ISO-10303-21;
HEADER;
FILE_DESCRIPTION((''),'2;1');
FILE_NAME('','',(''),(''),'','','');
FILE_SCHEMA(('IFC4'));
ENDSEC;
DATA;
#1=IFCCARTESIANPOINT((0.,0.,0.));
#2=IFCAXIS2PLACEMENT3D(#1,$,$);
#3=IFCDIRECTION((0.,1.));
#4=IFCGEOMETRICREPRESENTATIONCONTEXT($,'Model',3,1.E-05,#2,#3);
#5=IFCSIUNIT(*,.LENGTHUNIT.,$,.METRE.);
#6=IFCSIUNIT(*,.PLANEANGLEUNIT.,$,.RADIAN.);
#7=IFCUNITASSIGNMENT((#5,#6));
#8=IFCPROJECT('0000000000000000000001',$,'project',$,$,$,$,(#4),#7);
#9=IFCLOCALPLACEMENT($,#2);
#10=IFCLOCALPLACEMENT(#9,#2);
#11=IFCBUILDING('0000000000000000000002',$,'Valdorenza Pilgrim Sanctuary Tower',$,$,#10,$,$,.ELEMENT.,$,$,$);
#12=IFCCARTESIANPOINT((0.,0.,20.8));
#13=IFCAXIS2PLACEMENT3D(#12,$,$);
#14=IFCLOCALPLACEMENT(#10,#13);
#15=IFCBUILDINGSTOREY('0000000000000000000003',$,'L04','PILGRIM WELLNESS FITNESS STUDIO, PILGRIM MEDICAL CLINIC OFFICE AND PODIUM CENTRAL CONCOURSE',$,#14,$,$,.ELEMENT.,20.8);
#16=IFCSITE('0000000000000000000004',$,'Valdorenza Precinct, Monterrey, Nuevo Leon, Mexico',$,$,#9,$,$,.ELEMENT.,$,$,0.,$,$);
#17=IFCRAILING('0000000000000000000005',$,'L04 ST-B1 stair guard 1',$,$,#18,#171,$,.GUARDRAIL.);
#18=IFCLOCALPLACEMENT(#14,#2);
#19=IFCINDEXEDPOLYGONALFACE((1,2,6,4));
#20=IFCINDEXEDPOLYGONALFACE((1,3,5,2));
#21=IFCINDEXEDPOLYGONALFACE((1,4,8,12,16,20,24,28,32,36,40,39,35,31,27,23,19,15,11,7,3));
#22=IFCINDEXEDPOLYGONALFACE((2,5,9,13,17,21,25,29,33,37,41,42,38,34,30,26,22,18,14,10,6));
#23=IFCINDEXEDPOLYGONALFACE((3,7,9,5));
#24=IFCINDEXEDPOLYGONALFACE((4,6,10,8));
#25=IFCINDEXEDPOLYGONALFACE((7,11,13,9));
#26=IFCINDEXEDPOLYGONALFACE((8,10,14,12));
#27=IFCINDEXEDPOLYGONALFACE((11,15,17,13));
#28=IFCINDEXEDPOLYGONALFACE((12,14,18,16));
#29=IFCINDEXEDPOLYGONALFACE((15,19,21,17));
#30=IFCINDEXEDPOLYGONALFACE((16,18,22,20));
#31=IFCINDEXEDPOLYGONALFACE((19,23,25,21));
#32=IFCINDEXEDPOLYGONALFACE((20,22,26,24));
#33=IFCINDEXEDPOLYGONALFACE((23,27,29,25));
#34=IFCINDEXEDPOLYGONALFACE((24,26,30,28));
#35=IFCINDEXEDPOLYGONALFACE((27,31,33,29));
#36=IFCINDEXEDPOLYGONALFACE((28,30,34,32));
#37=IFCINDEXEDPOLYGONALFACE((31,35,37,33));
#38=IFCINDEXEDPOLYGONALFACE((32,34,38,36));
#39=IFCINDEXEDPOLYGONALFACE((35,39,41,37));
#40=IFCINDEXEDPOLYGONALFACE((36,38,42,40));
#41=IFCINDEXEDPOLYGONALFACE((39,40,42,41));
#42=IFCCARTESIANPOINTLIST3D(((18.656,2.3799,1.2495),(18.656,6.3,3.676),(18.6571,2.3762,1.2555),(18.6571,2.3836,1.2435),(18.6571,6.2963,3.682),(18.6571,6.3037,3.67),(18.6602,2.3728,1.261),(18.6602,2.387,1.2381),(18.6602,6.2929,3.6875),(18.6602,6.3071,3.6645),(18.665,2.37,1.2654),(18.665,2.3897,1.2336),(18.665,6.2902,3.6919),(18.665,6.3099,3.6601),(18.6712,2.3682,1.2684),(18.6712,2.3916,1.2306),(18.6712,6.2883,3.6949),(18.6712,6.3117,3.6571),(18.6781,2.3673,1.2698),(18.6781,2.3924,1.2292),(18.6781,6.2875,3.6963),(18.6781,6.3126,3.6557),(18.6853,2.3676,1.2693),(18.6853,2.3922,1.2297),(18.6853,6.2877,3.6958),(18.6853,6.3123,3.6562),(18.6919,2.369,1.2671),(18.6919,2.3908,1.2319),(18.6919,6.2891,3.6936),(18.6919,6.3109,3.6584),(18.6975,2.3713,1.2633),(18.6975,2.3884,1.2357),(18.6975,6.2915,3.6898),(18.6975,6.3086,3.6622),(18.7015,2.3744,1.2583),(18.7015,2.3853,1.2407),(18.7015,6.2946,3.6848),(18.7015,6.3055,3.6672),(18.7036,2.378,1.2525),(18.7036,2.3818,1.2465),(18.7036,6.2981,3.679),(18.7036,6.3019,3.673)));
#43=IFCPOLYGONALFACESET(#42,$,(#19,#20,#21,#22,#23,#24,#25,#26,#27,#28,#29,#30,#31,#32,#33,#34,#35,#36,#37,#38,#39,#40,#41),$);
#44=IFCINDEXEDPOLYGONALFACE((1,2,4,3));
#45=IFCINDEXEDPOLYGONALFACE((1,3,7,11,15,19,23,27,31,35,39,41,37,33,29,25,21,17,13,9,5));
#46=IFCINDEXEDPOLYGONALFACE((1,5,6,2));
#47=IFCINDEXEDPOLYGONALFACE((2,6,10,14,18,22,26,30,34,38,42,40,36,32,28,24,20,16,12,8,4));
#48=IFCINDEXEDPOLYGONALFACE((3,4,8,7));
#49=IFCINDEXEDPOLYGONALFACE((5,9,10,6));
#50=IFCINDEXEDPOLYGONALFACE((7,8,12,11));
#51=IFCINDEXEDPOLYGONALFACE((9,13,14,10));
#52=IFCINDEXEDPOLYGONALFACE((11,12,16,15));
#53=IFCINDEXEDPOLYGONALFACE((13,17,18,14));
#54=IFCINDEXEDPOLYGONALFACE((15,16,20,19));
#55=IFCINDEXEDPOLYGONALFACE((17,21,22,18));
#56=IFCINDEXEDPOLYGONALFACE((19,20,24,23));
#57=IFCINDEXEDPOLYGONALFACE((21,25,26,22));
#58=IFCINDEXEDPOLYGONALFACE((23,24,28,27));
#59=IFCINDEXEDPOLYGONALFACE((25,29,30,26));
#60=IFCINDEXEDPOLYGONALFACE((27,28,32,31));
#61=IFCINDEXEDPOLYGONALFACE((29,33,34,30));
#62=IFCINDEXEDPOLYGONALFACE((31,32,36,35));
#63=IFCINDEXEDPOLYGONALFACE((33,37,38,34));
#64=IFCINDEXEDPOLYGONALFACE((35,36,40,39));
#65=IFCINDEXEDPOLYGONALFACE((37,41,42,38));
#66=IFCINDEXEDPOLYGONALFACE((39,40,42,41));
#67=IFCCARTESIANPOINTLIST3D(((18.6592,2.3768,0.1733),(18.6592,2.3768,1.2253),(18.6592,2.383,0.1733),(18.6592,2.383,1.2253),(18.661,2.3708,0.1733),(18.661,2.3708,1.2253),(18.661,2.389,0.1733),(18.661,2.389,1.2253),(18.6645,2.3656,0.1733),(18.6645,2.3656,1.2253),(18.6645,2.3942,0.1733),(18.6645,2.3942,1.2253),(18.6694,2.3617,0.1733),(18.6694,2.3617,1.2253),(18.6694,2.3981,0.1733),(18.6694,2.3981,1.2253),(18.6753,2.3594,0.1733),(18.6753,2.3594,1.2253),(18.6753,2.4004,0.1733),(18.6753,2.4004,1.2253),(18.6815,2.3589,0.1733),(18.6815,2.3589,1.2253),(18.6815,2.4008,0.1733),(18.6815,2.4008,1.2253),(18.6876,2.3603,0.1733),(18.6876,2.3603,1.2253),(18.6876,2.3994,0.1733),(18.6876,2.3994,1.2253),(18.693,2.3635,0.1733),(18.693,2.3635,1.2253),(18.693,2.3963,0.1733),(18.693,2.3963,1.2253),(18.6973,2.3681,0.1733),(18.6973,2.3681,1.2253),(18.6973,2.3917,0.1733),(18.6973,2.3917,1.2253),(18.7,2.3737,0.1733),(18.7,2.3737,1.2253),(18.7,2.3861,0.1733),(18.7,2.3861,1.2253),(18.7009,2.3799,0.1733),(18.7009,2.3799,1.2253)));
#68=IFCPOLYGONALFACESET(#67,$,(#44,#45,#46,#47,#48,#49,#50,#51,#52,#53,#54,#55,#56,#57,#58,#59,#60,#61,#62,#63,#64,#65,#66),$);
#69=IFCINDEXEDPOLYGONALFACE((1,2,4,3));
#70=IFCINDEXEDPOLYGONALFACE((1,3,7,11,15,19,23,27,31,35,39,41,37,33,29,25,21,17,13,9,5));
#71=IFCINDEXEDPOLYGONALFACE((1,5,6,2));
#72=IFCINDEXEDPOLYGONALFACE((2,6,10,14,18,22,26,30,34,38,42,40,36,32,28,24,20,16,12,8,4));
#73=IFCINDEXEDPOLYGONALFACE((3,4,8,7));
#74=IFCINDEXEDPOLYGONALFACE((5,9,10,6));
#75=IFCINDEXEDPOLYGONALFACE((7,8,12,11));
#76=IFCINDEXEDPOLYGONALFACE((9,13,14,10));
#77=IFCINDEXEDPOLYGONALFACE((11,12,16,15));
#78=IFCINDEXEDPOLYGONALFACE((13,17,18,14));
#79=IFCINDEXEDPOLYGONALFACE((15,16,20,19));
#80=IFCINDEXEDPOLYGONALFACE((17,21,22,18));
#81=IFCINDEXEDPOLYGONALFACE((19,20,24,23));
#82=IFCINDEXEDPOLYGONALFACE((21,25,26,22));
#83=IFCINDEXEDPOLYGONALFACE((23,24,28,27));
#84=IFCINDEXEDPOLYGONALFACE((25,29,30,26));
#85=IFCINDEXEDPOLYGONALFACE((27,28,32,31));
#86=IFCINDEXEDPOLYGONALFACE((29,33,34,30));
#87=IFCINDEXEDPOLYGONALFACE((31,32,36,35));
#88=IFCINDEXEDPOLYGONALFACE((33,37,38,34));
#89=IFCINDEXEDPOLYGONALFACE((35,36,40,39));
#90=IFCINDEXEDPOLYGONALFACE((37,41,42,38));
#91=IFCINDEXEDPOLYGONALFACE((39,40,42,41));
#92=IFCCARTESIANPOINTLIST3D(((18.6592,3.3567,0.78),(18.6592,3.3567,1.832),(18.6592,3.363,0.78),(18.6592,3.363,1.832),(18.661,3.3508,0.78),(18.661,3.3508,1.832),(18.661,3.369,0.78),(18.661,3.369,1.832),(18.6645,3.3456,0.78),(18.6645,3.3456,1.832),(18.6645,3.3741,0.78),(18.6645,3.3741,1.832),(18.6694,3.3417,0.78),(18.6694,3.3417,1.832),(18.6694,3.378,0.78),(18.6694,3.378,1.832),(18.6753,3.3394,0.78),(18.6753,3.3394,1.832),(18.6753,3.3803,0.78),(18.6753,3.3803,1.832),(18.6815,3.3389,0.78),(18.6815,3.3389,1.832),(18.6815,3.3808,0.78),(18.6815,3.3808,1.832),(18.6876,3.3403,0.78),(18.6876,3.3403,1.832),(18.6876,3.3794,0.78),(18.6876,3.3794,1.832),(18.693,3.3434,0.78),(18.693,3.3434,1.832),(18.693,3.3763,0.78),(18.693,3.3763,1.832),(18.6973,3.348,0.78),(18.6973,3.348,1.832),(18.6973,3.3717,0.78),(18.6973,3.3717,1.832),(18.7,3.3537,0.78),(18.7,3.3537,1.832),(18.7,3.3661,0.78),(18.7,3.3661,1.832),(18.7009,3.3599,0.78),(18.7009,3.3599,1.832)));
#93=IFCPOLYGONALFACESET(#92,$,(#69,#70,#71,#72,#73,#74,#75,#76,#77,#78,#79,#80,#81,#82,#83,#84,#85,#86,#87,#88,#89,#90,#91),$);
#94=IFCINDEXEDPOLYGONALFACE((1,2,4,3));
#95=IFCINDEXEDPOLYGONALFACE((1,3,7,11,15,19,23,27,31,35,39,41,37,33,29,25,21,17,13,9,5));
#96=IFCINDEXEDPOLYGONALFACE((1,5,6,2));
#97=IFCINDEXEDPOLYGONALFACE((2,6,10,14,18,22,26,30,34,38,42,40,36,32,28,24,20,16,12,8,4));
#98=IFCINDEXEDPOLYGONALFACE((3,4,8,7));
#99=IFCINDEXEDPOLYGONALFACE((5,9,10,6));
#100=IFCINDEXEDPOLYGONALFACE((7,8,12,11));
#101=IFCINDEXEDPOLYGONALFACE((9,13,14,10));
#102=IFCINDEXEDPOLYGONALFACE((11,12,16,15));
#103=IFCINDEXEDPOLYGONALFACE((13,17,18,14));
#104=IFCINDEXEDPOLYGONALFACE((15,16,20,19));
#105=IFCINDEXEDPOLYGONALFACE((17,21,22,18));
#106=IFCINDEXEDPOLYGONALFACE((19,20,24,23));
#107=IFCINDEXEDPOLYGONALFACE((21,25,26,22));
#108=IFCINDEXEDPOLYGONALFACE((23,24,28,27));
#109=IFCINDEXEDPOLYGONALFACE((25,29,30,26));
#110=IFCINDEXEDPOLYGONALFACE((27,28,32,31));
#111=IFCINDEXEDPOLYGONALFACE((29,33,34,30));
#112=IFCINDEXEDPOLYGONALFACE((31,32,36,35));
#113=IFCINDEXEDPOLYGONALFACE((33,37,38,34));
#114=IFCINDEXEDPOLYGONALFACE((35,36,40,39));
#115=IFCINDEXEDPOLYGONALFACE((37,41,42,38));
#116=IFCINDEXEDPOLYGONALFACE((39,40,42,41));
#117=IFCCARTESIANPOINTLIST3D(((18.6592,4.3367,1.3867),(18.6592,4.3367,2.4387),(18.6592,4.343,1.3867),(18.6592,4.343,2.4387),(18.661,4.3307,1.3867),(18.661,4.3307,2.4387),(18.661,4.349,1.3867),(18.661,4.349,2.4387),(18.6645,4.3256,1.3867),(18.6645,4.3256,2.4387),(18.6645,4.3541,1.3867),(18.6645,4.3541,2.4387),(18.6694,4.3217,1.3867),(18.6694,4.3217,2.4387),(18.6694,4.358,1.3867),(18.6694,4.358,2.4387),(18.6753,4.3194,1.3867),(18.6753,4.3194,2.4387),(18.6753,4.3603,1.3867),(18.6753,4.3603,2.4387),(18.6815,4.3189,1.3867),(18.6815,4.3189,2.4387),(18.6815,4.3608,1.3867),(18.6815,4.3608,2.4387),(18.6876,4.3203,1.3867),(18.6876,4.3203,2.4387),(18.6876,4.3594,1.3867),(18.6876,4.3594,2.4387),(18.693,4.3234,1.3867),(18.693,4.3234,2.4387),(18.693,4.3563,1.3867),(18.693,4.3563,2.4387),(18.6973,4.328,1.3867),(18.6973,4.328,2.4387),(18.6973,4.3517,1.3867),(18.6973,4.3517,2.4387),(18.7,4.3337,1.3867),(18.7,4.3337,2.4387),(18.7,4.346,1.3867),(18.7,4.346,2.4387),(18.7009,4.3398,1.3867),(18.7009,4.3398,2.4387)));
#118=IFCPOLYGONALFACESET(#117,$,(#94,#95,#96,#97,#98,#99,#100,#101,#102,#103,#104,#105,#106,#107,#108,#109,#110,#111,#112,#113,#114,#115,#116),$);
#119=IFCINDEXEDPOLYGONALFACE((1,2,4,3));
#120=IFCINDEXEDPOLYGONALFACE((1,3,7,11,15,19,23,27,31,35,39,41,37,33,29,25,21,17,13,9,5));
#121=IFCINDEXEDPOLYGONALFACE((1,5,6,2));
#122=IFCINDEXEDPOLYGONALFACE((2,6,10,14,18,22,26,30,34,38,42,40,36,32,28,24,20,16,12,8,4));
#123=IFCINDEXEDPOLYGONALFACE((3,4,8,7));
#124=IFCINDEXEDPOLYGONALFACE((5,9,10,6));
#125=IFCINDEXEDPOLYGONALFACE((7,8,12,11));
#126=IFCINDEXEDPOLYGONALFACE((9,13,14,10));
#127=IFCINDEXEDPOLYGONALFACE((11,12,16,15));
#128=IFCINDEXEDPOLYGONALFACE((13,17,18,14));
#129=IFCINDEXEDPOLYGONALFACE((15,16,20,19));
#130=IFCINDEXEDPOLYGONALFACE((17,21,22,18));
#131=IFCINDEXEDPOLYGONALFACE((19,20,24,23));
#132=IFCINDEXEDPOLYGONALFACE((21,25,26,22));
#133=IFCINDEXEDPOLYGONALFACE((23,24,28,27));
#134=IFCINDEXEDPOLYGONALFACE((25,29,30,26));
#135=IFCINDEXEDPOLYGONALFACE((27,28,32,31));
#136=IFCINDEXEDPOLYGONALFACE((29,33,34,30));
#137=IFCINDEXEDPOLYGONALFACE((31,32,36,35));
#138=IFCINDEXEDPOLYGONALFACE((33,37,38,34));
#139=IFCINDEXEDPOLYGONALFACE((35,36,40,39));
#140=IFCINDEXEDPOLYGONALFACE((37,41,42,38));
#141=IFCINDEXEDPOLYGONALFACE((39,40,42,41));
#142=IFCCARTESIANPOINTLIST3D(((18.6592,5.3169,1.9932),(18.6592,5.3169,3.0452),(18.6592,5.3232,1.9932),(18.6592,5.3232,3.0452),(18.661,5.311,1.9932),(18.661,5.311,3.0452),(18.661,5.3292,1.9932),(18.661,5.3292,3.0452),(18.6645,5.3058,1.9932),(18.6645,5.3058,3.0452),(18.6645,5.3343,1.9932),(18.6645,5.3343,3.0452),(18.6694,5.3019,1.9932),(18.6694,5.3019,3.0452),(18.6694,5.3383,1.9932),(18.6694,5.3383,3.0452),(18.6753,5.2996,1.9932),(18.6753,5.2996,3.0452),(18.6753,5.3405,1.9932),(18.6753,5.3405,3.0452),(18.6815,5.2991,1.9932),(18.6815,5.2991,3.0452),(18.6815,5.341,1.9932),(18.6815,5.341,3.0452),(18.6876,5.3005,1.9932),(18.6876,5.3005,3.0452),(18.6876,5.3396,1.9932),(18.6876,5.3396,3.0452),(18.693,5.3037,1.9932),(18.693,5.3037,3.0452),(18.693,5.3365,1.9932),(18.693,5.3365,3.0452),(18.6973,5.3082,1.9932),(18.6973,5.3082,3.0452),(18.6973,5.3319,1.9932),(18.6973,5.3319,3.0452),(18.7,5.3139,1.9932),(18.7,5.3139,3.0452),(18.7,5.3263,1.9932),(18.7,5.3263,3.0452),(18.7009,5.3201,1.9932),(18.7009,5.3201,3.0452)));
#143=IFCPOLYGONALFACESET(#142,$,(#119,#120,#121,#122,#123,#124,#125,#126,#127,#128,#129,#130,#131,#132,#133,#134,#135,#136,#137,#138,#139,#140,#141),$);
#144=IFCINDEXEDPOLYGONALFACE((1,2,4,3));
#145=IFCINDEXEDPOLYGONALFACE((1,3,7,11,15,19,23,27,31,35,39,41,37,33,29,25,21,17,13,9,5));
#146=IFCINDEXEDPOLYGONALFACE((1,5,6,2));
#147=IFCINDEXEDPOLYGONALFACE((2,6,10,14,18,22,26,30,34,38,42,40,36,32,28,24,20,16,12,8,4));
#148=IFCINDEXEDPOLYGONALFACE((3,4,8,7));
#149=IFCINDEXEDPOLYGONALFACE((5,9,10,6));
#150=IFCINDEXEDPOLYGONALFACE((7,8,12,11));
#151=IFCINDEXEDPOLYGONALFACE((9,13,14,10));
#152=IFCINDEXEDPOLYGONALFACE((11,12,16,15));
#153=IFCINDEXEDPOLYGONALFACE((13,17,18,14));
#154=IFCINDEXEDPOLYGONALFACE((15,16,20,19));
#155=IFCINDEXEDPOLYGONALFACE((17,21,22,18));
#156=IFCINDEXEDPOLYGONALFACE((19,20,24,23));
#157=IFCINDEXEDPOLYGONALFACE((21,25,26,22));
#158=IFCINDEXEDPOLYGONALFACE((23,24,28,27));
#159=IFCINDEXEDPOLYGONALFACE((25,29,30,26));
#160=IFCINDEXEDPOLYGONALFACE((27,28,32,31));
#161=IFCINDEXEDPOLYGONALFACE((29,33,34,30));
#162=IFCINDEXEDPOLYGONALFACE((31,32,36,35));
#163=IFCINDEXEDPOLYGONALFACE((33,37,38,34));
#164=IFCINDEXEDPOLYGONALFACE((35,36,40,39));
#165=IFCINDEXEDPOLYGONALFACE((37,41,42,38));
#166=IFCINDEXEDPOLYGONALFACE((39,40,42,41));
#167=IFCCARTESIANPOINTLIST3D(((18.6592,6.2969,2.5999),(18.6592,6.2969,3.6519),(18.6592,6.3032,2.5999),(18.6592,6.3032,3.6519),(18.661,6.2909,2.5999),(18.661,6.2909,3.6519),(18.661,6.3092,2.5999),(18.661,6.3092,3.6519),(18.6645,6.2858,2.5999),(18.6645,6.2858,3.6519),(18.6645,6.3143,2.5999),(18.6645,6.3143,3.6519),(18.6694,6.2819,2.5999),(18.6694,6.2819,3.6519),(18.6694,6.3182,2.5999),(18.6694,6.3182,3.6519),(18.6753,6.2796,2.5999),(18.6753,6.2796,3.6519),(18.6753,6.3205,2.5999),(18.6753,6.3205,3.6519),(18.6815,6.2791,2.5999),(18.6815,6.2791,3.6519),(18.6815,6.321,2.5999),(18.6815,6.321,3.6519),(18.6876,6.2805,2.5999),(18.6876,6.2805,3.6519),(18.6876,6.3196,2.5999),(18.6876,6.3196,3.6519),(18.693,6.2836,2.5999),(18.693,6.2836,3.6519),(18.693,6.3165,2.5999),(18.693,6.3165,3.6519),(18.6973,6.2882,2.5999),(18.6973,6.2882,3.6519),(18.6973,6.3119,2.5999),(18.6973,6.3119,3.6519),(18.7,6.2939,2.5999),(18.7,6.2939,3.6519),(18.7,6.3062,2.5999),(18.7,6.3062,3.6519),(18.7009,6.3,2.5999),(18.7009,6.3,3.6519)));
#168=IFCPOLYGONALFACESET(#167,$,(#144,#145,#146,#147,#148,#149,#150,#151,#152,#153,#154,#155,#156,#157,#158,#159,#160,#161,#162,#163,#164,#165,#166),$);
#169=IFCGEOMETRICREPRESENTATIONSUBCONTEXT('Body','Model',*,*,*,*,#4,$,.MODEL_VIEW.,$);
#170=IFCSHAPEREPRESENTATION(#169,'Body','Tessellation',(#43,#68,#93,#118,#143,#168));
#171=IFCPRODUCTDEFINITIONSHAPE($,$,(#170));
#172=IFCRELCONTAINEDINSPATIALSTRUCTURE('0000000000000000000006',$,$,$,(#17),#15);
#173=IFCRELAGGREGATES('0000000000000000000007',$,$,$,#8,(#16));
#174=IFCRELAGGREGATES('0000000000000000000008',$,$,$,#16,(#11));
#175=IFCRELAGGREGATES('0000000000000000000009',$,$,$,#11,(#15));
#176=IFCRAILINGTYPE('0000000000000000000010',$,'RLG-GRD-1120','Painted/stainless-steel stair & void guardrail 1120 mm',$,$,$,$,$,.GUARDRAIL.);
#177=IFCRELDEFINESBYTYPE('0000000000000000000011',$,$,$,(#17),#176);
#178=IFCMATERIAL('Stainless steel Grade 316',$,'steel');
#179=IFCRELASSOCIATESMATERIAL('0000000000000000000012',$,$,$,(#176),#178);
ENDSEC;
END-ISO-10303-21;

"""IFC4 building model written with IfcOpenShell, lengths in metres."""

from ifc_helpers import new_model, si_unit, direction, frame, origin, origin_2d, place, context, subcontext, project, spatial, circle, extrude, material, type_object, element, save


model = new_model("IFC4")

# Units and contexts
model_context = context("Model", 3, precision=1e-05, world=origin(), true_north=direction((0.0, 1.0)))
body_context = subcontext(model_context, "Body", "Model", "MODEL_VIEW")
ifc_project = project(units=[si_unit("LENGTHUNIT", "METRE"), si_unit("PLANEANGLEUNIT", "RADIAN")], contexts=[model_context])

# Site, building, storey
site_placement = place(None, origin())
site = spatial("IfcSite", under=ifc_project, at=site_placement, Name="Valdorenza Precinct, Monterrey, Nuevo Leon, Mexico", CompositionType="ELEMENT", RefElevation=0.0)
building_placement = place(site_placement, origin())
building = spatial("IfcBuilding", under=site, at=building_placement, Name="Valdorenza Pilgrim Sanctuary Tower", CompositionType="ELEMENT")
storey_placement = place(building_placement, frame((0.0, 0.0, 20.8)))
storey = spatial("IfcBuildingStorey", under=building, at=storey_placement, Name="L04", Description="PILGRIM WELLNESS FITNESS STUDIO, PILGRIM MEDICAL CLINIC OFFICE AND PODIUM CENTRAL CONCOURSE", CompositionType="ELEMENT", Elevation=20.8)

# Railing
ifc_material_1 = material(Name="Stainless steel Grade 316", Category="steel")
railing_type_1 = type_object("IfcRailingType", Name="RLG-GRD-1120", Description="Painted/stainless-steel stair & void guardrail 1120 mm", PredefinedType="GUARDRAIL", material=ifc_material_1)
railing_1_placement = place(storey_placement, frame((18.6799, 2.3799, 0.1733)))
element("IfcRailing", 1, at=railing_1_placement, inside=storey, type_object=railing_type_1, Name="L04 ST-B1 stair guard 1", PredefinedType="GUARDRAIL", context=body_context, shape_type="SweptSolid", body=[
    extrude(circle(Radius=0.0239, at=origin_2d()), frame((0.0, 0.0, 1.0762), z_axis=(0.0, 0.85029, 0.526315), x_axis=(-1.0, 0.0, 0.0)), (0.0, 0.0, 1.0), 4.6104),
    extrude(circle(Radius=0.021, at=origin_2d()), origin(), (0.0, 0.0, 1.0), 1.052),
    extrude(circle(Radius=0.021, at=origin_2d()), frame((0.0, 0.98, 0.6067)), (0.0, 0.0, 1.0), 1.052),
    extrude(circle(Radius=0.021, at=origin_2d()), frame((0.0, 1.96, 1.2134)), (0.0, 0.0, 1.0), 1.052),
    extrude(circle(Radius=0.021, at=origin_2d()), frame((0.0, 2.9402, 1.8198)), (0.0, 0.0, 1.0), 1.052),
    extrude(circle(Radius=0.021, at=origin_2d()), frame((0.0, 3.9202, 2.4265)), (0.0, 0.0, 1.0), 1.052),
])

save(model, "model.ifc")
